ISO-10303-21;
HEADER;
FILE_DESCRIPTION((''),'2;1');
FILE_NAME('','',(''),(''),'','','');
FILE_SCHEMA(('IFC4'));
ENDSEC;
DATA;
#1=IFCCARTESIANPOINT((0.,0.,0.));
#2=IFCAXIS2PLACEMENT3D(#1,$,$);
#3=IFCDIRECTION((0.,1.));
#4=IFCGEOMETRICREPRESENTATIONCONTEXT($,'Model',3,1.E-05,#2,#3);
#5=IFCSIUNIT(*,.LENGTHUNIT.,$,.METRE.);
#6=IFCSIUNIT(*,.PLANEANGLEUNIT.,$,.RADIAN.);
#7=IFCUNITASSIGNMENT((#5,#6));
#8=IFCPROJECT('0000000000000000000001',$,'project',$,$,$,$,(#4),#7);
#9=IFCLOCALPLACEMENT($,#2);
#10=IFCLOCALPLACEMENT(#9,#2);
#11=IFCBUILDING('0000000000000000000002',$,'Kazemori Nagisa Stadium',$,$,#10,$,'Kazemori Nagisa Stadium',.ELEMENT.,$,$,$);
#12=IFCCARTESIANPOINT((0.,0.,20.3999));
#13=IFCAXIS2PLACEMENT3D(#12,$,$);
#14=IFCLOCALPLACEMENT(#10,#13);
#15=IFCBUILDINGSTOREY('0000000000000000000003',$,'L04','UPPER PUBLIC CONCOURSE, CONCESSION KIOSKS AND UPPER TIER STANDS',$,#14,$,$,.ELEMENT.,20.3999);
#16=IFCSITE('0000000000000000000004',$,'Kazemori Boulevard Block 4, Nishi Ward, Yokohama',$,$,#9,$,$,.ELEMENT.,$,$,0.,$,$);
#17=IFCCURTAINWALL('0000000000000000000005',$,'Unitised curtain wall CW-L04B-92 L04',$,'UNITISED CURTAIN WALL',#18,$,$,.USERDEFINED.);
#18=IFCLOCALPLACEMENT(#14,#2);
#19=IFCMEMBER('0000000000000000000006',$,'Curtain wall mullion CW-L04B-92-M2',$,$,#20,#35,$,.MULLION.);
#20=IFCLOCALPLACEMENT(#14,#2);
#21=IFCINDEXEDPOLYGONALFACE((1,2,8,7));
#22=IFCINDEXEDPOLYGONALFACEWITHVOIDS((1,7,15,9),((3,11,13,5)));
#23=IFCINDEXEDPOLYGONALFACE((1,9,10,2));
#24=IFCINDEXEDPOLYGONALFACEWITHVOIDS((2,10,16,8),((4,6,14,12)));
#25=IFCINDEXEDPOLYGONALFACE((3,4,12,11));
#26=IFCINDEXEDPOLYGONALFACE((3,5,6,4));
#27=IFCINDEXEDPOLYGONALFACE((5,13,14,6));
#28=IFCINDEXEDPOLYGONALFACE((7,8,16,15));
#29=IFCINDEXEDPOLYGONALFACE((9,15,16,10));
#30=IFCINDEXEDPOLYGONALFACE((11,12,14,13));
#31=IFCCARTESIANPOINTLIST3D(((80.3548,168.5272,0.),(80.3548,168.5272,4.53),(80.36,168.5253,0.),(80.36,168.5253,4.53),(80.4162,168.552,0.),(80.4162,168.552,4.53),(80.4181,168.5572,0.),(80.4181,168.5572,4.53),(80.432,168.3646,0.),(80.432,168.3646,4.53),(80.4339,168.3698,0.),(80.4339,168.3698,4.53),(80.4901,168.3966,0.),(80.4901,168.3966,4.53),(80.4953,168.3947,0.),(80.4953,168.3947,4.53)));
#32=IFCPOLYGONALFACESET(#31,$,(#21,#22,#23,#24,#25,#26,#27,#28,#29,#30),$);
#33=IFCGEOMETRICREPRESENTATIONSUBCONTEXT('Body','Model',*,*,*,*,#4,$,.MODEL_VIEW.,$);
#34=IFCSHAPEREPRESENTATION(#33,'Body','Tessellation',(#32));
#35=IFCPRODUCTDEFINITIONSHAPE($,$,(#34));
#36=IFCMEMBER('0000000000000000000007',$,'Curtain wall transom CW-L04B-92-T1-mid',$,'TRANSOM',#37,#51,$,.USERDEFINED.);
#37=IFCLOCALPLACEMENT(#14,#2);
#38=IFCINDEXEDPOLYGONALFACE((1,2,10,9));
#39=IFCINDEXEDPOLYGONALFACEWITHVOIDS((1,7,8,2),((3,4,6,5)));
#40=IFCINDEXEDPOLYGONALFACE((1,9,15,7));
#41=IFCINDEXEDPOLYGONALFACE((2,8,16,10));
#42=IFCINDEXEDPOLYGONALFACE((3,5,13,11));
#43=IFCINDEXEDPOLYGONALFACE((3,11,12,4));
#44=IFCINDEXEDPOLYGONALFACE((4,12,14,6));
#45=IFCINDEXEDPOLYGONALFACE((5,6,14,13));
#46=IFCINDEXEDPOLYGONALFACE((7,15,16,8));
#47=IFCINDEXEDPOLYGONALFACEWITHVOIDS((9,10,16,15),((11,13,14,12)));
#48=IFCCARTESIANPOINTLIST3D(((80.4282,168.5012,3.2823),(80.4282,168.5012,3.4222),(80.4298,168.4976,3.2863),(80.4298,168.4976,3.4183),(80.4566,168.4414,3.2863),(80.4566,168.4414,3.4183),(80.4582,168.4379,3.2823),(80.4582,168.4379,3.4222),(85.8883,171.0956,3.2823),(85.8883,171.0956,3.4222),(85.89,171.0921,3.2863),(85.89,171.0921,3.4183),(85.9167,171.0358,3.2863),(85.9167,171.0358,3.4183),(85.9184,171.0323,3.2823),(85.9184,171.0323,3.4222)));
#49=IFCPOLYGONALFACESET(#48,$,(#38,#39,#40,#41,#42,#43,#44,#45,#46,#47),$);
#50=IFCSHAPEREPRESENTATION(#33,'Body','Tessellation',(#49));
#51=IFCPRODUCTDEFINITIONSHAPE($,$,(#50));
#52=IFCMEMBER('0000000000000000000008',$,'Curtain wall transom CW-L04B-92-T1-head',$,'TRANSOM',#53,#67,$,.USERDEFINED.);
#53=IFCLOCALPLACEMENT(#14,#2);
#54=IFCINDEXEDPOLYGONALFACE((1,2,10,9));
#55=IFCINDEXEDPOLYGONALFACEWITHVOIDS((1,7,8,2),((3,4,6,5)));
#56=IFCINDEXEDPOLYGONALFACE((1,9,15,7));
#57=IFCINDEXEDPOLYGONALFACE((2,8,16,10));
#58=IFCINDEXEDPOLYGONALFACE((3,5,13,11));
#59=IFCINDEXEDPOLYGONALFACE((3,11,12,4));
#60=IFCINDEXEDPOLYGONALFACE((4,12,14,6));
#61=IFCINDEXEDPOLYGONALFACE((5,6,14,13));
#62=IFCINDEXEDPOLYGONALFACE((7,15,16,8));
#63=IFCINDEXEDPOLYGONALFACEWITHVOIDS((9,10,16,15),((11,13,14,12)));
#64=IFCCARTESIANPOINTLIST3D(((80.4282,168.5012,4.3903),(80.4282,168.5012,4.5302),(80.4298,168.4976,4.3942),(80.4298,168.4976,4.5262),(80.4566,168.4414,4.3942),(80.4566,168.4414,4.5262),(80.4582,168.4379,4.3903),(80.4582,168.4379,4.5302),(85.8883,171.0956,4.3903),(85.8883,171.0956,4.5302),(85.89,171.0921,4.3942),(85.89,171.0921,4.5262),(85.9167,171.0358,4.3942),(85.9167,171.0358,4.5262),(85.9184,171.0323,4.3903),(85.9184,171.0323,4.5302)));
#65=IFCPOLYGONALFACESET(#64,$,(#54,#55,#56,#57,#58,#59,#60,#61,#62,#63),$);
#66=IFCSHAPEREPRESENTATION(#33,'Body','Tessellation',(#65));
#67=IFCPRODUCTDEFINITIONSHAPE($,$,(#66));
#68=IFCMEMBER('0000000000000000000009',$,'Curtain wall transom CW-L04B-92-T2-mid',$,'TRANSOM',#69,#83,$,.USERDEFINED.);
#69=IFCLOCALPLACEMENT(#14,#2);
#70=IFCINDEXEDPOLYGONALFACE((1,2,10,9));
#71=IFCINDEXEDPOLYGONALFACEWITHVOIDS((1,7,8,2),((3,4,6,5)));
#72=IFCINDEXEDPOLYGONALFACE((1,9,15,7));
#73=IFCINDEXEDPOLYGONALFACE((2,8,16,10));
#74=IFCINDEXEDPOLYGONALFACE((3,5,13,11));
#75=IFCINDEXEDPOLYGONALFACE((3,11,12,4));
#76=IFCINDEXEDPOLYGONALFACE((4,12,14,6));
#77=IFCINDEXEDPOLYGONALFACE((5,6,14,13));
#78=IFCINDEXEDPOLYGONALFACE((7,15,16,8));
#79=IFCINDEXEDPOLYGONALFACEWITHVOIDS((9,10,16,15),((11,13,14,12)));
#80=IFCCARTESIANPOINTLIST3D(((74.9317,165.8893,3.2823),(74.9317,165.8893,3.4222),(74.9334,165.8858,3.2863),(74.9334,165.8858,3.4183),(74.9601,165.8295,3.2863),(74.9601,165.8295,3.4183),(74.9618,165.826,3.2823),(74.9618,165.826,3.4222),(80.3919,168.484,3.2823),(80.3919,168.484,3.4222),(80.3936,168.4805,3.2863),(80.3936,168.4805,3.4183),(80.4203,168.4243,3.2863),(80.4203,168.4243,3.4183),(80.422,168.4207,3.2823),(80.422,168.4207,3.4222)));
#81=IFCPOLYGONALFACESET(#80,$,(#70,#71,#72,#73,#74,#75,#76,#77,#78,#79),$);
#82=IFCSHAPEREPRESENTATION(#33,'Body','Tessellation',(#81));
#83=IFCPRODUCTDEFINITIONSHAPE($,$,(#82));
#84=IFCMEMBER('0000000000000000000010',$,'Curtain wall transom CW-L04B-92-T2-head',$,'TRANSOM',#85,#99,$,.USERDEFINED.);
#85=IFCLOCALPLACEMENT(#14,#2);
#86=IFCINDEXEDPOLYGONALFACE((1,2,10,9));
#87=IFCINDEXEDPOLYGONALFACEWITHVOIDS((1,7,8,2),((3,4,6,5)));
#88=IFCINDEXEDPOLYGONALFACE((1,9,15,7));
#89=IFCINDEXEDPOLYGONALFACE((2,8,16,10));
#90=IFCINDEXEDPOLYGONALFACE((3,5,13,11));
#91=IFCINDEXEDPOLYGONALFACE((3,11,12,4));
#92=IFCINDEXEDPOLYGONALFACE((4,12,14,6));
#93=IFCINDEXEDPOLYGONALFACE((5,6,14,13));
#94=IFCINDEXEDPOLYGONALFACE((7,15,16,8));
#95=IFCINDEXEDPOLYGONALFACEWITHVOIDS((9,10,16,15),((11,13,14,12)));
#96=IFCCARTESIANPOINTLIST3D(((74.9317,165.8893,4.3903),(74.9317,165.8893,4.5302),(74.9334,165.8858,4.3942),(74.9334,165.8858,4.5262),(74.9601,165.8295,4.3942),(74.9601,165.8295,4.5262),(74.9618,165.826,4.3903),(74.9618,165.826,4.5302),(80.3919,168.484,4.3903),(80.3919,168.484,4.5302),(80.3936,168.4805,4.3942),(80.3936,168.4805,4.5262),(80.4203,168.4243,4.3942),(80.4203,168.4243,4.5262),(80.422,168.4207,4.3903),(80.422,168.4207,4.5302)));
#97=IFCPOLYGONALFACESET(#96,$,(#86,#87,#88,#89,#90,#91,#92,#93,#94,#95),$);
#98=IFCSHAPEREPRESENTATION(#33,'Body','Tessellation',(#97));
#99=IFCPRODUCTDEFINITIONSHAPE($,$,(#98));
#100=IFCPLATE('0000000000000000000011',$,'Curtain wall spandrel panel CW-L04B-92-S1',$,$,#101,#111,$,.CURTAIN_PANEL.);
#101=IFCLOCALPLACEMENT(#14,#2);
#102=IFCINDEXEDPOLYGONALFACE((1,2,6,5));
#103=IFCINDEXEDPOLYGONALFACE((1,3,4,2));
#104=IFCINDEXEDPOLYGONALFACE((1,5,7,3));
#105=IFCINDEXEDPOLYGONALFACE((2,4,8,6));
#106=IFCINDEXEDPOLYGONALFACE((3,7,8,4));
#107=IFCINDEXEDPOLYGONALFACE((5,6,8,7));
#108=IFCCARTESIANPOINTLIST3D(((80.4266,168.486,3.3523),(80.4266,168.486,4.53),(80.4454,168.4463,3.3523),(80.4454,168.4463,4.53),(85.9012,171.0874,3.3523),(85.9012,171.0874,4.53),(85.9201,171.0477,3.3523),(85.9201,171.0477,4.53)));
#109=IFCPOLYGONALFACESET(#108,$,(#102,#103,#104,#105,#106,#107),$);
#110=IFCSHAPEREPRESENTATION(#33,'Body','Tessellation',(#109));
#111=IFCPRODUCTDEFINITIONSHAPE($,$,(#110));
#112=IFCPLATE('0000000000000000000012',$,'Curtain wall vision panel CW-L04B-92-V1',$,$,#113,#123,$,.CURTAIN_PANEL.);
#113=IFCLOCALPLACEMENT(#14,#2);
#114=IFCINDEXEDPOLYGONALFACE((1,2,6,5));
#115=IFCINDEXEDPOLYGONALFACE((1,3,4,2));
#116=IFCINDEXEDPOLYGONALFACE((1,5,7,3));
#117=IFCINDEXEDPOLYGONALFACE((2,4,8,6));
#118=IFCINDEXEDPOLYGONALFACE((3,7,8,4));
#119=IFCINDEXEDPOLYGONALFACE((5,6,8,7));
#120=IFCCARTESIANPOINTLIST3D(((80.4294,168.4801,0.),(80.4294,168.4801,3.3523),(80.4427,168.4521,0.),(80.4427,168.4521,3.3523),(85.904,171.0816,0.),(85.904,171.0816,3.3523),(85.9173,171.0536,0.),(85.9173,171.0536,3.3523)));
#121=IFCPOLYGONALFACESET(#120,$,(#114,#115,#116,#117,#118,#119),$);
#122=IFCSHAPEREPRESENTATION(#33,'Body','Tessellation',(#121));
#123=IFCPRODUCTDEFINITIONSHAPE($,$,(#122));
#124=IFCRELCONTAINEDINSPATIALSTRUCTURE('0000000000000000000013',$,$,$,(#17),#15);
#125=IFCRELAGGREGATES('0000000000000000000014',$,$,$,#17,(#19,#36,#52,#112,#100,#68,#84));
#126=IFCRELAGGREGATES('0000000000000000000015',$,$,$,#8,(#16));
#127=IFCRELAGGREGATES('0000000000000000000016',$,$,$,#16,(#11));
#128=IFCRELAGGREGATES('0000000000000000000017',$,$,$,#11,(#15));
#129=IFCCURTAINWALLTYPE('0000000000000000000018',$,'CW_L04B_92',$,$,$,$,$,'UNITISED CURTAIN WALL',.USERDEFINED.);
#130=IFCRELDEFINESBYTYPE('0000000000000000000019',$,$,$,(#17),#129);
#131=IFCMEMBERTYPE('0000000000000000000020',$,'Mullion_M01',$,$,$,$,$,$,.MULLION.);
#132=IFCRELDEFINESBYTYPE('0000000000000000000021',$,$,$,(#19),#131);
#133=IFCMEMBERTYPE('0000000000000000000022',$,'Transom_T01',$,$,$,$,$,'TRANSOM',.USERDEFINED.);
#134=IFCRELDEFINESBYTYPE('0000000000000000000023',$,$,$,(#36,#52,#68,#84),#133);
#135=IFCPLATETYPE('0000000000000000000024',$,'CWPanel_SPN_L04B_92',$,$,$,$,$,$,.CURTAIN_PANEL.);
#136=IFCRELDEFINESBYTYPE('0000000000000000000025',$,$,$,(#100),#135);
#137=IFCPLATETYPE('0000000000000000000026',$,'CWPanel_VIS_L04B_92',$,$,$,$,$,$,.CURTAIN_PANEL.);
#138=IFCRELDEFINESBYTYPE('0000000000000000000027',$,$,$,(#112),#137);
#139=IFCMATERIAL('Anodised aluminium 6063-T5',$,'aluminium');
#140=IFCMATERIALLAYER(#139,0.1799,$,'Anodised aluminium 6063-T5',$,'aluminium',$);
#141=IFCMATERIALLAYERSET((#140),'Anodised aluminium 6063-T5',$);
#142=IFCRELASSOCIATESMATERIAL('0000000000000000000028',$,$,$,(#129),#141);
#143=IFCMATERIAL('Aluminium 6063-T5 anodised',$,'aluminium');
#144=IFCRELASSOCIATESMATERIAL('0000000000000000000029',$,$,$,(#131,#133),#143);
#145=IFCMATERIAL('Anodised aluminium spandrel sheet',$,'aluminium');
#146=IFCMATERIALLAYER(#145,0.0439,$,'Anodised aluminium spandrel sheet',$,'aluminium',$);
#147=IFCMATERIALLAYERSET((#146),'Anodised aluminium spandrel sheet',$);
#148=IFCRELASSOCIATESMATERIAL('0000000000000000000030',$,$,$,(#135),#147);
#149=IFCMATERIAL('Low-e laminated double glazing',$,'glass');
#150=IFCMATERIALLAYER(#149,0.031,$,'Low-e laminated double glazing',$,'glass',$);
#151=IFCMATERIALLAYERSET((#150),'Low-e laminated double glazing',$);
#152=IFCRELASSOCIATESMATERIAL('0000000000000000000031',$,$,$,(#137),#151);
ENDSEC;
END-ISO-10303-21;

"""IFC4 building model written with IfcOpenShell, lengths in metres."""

from ifc_helpers import new_model, si_unit, direction, frame, origin, origin_2d, place, context, subcontext, project, spatial, rectangle, hollow_rectangle, extrude, material, layer, layer_set, material_profile, profile_set, type_object, element, aggregate, save


model = new_model("IFC4")

# Units and contexts
model_context = context("Model", 3, precision=1e-05, world=origin(), true_north=direction((0.0, 1.0)))
body_context = subcontext(model_context, "Body", "Model", "MODEL_VIEW")
ifc_project = project(units=[si_unit("LENGTHUNIT", "METRE"), si_unit("PLANEANGLEUNIT", "RADIAN")], contexts=[model_context])

# Site, building, storey
site_placement = place(None, origin())
site = spatial("IfcSite", under=ifc_project, at=site_placement, Name="Kazemori Boulevard Block 4, Nishi Ward, Yokohama", CompositionType="ELEMENT", RefElevation=0.0)
building_placement = place(site_placement, origin())
building = spatial("IfcBuilding", under=site, at=building_placement, Name="Kazemori Nagisa Stadium", LongName="Kazemori Nagisa Stadium", CompositionType="ELEMENT")
storey_placement = place(building_placement, frame((0.0, 0.0, 20.3999)))
storey = spatial("IfcBuildingStorey", under=building, at=storey_placement, Name="L04", Description="UPPER PUBLIC CONCOURSE, CONCESSION KIOSKS AND UPPER TIER STANDS", CompositionType="ELEMENT", Elevation=20.3999)

# Curtain wall, members, plates
ifc_material_1 = material(Name="Anodised aluminium 6063-T5", Category="aluminium")
ifc_layer_1 = layer(ifc_material_1, 0.1799, Name="Anodised aluminium 6063-T5", Category="aluminium")
ifc_layer_set_1 = layer_set([ifc_layer_1], Name="Anodised aluminium 6063-T5")
curtain_wall_type = type_object("IfcCurtainWallType", Name="CW_L04B_92", ElementType="UNITISED CURTAIN WALL", PredefinedType="USERDEFINED", material=ifc_layer_set_1)
curtain_wall_placement = place(storey_placement, origin())
curtain_wall = element("IfcCurtainWall", 1, at=curtain_wall_placement, inside=storey, type_object=curtain_wall_type, Name="Unitised curtain wall CW-L04B-92 L04", ObjectType="UNITISED CURTAIN WALL", PredefinedType="USERDEFINED")
ifc_material_2 = material(Name="Aluminium 6063-T5 anodised", Category="aluminium")
ifc_material_profile_1 = material_profile(ifc_material_2, hollow_rectangle(XDim=0.0701, YDim=0.1799, WallThickness=0.0039, at=origin_2d()), Name="ALU-MULL-70x180x4")
ifc_profile_set_1 = profile_set([ifc_material_profile_1], Name="Aluminium 6063-T5 anodised")
member_type_1 = type_object("IfcMemberType", Name="Mullion_M01", PredefinedType="MULLION", material=ifc_profile_set_1)
member_1_placement = place(storey_placement, frame((80.425, 168.4609, 0.0), z_axis=(0.0, 0.0, 1.0), x_axis=(-0.903216, -0.429186, 0.0)))
member_1 = element("IfcMember", 2, at=member_1_placement, type_object=member_type_1, Name="Curtain wall mullion CW-L04B-92-M2", PredefinedType="MULLION", context=body_context, shape_type="SweptSolid", body=[
    extrude(hollow_rectangle(XDim=0.0701, YDim=0.1799, WallThickness=0.0039, at=origin_2d()), origin(), (0.0, 0.0, 1.0), 4.53),
])
ifc_material_profile_2 = material_profile(ifc_material_2, hollow_rectangle(XDim=0.0701, YDim=0.1399, WallThickness=0.0039, at=origin_2d()), Name="ALU-TRAN-70x140x4")
ifc_profile_set_2 = profile_set([ifc_material_profile_2], Name="Aluminium 6063-T5 anodised")
member_type_2 = type_object("IfcMemberType", Name="Transom_T01", ElementType="TRANSOM", PredefinedType="USERDEFINED", material=ifc_profile_set_2)
member_2_placement = place(storey_placement, frame((85.9033, 171.064, 3.3523), z_axis=(-0.903221, -0.429176, 0.0), x_axis=(0.429176, -0.903221, 0.0)))
member_2 = element("IfcMember", 3, at=member_2_placement, type_object=member_type_2, Name="Curtain wall transom CW-L04B-92-T1-mid", ObjectType="TRANSOM", PredefinedType="USERDEFINED", context=body_context, shape_type="SweptSolid", body=[
    extrude(hollow_rectangle(XDim=0.0701, YDim=0.1399, WallThickness=0.0039, at=origin_2d()), origin(), (0.0, 0.0, 1.0), 6.0452),
])
member_3_placement = place(storey_placement, frame((85.9033, 171.064, 4.4602), z_axis=(-0.903221, -0.429176, 0.0), x_axis=(0.429176, -0.903221, 0.0)))
member_3 = element("IfcMember", 4, at=member_3_placement, type_object=member_type_2, Name="Curtain wall transom CW-L04B-92-T1-head", ObjectType="TRANSOM", PredefinedType="USERDEFINED", context=body_context, shape_type="SweptSolid", body=[
    extrude(hollow_rectangle(XDim=0.0701, YDim=0.1399, WallThickness=0.0039, at=origin_2d()), origin(), (0.0, 0.0, 1.0), 6.0452),
])
member_4_placement = place(storey_placement, frame((80.407, 168.4524, 3.3523), z_axis=(-0.903205, -0.429209, 0.0), x_axis=(0.429209, -0.903205, 0.0)))
member_4 = element("IfcMember", 5, at=member_4_placement, type_object=member_type_2, Name="Curtain wall transom CW-L04B-92-T2-mid", ObjectType="TRANSOM", PredefinedType="USERDEFINED", context=body_context, shape_type="SweptSolid", body=[
    extrude(hollow_rectangle(XDim=0.0701, YDim=0.1399, WallThickness=0.0039, at=origin_2d()), origin(), (0.0, 0.0, 1.0), 6.0454),
])
member_5_placement = place(storey_placement, frame((80.407, 168.4524, 4.4602), z_axis=(-0.903205, -0.429209, 0.0), x_axis=(0.429209, -0.903205, 0.0)))
member_5 = element("IfcMember", 6, at=member_5_placement, type_object=member_type_2, Name="Curtain wall transom CW-L04B-92-T2-head", ObjectType="TRANSOM", PredefinedType="USERDEFINED", context=body_context, shape_type="SweptSolid", body=[
    extrude(hollow_rectangle(XDim=0.0701, YDim=0.1399, WallThickness=0.0039, at=origin_2d()), origin(), (0.0, 0.0, 1.0), 6.0454),
])
ifc_material_3 = material(Name="Anodised aluminium spandrel sheet", Category="aluminium")
ifc_layer_2 = layer(ifc_material_3, 0.0439, Name="Anodised aluminium spandrel sheet", Category="aluminium")
ifc_layer_set_2 = layer_set([ifc_layer_2], Name="Anodised aluminium spandrel sheet")
plate_type_1 = type_object("IfcPlateType", Name="CWPanel_SPN_L04B_92", PredefinedType="CURTAIN_PANEL", material=ifc_layer_set_2)
plate_1_placement = place(storey_placement, frame((83.1733, 169.7668, 3.3523), z_axis=(0.0, 0.0, 1.0), x_axis=(-0.903216, -0.429186, 0.0)))
plate_1 = element("IfcPlate", 7, at=plate_1_placement, type_object=plate_type_1, Name="Curtain wall spandrel panel CW-L04B-92-S1", PredefinedType="CURTAIN_PANEL", context=body_context, shape_type="SweptSolid", body=[
    extrude(rectangle(XDim=6.0613, YDim=0.0439, at=origin_2d()), origin(), (0.0, 0.0, 1.0), 1.1777),
])
ifc_material_4 = material(Name="Low-e laminated double glazing", Category="glass")
ifc_layer_3 = layer(ifc_material_4, 0.031, Name="Low-e laminated double glazing", Category="glass")
ifc_layer_set_3 = layer_set([ifc_layer_3], Name="Low-e laminated double glazing")
plate_type_2 = type_object("IfcPlateType", Name="CWPanel_VIS_L04B_92", PredefinedType="CURTAIN_PANEL", material=ifc_layer_set_3)
plate_2_placement = place(storey_placement, frame((83.1733, 169.7668, 0.0), z_axis=(0.0, 0.0, 1.0), x_axis=(-0.903216, -0.429186, 0.0)))
plate_2 = element("IfcPlate", 8, at=plate_2_placement, type_object=plate_type_2, Name="Curtain wall vision panel CW-L04B-92-V1", PredefinedType="CURTAIN_PANEL", context=body_context, shape_type="SweptSolid", body=[
    extrude(rectangle(XDim=6.0613, YDim=0.031, at=origin_2d()), origin(), (0.0, 0.0, 1.0), 3.3523),
])
aggregate(curtain_wall, [member_1, member_2, member_3, plate_2, plate_1, member_4, member_5])

save(model, "model.ifc")
